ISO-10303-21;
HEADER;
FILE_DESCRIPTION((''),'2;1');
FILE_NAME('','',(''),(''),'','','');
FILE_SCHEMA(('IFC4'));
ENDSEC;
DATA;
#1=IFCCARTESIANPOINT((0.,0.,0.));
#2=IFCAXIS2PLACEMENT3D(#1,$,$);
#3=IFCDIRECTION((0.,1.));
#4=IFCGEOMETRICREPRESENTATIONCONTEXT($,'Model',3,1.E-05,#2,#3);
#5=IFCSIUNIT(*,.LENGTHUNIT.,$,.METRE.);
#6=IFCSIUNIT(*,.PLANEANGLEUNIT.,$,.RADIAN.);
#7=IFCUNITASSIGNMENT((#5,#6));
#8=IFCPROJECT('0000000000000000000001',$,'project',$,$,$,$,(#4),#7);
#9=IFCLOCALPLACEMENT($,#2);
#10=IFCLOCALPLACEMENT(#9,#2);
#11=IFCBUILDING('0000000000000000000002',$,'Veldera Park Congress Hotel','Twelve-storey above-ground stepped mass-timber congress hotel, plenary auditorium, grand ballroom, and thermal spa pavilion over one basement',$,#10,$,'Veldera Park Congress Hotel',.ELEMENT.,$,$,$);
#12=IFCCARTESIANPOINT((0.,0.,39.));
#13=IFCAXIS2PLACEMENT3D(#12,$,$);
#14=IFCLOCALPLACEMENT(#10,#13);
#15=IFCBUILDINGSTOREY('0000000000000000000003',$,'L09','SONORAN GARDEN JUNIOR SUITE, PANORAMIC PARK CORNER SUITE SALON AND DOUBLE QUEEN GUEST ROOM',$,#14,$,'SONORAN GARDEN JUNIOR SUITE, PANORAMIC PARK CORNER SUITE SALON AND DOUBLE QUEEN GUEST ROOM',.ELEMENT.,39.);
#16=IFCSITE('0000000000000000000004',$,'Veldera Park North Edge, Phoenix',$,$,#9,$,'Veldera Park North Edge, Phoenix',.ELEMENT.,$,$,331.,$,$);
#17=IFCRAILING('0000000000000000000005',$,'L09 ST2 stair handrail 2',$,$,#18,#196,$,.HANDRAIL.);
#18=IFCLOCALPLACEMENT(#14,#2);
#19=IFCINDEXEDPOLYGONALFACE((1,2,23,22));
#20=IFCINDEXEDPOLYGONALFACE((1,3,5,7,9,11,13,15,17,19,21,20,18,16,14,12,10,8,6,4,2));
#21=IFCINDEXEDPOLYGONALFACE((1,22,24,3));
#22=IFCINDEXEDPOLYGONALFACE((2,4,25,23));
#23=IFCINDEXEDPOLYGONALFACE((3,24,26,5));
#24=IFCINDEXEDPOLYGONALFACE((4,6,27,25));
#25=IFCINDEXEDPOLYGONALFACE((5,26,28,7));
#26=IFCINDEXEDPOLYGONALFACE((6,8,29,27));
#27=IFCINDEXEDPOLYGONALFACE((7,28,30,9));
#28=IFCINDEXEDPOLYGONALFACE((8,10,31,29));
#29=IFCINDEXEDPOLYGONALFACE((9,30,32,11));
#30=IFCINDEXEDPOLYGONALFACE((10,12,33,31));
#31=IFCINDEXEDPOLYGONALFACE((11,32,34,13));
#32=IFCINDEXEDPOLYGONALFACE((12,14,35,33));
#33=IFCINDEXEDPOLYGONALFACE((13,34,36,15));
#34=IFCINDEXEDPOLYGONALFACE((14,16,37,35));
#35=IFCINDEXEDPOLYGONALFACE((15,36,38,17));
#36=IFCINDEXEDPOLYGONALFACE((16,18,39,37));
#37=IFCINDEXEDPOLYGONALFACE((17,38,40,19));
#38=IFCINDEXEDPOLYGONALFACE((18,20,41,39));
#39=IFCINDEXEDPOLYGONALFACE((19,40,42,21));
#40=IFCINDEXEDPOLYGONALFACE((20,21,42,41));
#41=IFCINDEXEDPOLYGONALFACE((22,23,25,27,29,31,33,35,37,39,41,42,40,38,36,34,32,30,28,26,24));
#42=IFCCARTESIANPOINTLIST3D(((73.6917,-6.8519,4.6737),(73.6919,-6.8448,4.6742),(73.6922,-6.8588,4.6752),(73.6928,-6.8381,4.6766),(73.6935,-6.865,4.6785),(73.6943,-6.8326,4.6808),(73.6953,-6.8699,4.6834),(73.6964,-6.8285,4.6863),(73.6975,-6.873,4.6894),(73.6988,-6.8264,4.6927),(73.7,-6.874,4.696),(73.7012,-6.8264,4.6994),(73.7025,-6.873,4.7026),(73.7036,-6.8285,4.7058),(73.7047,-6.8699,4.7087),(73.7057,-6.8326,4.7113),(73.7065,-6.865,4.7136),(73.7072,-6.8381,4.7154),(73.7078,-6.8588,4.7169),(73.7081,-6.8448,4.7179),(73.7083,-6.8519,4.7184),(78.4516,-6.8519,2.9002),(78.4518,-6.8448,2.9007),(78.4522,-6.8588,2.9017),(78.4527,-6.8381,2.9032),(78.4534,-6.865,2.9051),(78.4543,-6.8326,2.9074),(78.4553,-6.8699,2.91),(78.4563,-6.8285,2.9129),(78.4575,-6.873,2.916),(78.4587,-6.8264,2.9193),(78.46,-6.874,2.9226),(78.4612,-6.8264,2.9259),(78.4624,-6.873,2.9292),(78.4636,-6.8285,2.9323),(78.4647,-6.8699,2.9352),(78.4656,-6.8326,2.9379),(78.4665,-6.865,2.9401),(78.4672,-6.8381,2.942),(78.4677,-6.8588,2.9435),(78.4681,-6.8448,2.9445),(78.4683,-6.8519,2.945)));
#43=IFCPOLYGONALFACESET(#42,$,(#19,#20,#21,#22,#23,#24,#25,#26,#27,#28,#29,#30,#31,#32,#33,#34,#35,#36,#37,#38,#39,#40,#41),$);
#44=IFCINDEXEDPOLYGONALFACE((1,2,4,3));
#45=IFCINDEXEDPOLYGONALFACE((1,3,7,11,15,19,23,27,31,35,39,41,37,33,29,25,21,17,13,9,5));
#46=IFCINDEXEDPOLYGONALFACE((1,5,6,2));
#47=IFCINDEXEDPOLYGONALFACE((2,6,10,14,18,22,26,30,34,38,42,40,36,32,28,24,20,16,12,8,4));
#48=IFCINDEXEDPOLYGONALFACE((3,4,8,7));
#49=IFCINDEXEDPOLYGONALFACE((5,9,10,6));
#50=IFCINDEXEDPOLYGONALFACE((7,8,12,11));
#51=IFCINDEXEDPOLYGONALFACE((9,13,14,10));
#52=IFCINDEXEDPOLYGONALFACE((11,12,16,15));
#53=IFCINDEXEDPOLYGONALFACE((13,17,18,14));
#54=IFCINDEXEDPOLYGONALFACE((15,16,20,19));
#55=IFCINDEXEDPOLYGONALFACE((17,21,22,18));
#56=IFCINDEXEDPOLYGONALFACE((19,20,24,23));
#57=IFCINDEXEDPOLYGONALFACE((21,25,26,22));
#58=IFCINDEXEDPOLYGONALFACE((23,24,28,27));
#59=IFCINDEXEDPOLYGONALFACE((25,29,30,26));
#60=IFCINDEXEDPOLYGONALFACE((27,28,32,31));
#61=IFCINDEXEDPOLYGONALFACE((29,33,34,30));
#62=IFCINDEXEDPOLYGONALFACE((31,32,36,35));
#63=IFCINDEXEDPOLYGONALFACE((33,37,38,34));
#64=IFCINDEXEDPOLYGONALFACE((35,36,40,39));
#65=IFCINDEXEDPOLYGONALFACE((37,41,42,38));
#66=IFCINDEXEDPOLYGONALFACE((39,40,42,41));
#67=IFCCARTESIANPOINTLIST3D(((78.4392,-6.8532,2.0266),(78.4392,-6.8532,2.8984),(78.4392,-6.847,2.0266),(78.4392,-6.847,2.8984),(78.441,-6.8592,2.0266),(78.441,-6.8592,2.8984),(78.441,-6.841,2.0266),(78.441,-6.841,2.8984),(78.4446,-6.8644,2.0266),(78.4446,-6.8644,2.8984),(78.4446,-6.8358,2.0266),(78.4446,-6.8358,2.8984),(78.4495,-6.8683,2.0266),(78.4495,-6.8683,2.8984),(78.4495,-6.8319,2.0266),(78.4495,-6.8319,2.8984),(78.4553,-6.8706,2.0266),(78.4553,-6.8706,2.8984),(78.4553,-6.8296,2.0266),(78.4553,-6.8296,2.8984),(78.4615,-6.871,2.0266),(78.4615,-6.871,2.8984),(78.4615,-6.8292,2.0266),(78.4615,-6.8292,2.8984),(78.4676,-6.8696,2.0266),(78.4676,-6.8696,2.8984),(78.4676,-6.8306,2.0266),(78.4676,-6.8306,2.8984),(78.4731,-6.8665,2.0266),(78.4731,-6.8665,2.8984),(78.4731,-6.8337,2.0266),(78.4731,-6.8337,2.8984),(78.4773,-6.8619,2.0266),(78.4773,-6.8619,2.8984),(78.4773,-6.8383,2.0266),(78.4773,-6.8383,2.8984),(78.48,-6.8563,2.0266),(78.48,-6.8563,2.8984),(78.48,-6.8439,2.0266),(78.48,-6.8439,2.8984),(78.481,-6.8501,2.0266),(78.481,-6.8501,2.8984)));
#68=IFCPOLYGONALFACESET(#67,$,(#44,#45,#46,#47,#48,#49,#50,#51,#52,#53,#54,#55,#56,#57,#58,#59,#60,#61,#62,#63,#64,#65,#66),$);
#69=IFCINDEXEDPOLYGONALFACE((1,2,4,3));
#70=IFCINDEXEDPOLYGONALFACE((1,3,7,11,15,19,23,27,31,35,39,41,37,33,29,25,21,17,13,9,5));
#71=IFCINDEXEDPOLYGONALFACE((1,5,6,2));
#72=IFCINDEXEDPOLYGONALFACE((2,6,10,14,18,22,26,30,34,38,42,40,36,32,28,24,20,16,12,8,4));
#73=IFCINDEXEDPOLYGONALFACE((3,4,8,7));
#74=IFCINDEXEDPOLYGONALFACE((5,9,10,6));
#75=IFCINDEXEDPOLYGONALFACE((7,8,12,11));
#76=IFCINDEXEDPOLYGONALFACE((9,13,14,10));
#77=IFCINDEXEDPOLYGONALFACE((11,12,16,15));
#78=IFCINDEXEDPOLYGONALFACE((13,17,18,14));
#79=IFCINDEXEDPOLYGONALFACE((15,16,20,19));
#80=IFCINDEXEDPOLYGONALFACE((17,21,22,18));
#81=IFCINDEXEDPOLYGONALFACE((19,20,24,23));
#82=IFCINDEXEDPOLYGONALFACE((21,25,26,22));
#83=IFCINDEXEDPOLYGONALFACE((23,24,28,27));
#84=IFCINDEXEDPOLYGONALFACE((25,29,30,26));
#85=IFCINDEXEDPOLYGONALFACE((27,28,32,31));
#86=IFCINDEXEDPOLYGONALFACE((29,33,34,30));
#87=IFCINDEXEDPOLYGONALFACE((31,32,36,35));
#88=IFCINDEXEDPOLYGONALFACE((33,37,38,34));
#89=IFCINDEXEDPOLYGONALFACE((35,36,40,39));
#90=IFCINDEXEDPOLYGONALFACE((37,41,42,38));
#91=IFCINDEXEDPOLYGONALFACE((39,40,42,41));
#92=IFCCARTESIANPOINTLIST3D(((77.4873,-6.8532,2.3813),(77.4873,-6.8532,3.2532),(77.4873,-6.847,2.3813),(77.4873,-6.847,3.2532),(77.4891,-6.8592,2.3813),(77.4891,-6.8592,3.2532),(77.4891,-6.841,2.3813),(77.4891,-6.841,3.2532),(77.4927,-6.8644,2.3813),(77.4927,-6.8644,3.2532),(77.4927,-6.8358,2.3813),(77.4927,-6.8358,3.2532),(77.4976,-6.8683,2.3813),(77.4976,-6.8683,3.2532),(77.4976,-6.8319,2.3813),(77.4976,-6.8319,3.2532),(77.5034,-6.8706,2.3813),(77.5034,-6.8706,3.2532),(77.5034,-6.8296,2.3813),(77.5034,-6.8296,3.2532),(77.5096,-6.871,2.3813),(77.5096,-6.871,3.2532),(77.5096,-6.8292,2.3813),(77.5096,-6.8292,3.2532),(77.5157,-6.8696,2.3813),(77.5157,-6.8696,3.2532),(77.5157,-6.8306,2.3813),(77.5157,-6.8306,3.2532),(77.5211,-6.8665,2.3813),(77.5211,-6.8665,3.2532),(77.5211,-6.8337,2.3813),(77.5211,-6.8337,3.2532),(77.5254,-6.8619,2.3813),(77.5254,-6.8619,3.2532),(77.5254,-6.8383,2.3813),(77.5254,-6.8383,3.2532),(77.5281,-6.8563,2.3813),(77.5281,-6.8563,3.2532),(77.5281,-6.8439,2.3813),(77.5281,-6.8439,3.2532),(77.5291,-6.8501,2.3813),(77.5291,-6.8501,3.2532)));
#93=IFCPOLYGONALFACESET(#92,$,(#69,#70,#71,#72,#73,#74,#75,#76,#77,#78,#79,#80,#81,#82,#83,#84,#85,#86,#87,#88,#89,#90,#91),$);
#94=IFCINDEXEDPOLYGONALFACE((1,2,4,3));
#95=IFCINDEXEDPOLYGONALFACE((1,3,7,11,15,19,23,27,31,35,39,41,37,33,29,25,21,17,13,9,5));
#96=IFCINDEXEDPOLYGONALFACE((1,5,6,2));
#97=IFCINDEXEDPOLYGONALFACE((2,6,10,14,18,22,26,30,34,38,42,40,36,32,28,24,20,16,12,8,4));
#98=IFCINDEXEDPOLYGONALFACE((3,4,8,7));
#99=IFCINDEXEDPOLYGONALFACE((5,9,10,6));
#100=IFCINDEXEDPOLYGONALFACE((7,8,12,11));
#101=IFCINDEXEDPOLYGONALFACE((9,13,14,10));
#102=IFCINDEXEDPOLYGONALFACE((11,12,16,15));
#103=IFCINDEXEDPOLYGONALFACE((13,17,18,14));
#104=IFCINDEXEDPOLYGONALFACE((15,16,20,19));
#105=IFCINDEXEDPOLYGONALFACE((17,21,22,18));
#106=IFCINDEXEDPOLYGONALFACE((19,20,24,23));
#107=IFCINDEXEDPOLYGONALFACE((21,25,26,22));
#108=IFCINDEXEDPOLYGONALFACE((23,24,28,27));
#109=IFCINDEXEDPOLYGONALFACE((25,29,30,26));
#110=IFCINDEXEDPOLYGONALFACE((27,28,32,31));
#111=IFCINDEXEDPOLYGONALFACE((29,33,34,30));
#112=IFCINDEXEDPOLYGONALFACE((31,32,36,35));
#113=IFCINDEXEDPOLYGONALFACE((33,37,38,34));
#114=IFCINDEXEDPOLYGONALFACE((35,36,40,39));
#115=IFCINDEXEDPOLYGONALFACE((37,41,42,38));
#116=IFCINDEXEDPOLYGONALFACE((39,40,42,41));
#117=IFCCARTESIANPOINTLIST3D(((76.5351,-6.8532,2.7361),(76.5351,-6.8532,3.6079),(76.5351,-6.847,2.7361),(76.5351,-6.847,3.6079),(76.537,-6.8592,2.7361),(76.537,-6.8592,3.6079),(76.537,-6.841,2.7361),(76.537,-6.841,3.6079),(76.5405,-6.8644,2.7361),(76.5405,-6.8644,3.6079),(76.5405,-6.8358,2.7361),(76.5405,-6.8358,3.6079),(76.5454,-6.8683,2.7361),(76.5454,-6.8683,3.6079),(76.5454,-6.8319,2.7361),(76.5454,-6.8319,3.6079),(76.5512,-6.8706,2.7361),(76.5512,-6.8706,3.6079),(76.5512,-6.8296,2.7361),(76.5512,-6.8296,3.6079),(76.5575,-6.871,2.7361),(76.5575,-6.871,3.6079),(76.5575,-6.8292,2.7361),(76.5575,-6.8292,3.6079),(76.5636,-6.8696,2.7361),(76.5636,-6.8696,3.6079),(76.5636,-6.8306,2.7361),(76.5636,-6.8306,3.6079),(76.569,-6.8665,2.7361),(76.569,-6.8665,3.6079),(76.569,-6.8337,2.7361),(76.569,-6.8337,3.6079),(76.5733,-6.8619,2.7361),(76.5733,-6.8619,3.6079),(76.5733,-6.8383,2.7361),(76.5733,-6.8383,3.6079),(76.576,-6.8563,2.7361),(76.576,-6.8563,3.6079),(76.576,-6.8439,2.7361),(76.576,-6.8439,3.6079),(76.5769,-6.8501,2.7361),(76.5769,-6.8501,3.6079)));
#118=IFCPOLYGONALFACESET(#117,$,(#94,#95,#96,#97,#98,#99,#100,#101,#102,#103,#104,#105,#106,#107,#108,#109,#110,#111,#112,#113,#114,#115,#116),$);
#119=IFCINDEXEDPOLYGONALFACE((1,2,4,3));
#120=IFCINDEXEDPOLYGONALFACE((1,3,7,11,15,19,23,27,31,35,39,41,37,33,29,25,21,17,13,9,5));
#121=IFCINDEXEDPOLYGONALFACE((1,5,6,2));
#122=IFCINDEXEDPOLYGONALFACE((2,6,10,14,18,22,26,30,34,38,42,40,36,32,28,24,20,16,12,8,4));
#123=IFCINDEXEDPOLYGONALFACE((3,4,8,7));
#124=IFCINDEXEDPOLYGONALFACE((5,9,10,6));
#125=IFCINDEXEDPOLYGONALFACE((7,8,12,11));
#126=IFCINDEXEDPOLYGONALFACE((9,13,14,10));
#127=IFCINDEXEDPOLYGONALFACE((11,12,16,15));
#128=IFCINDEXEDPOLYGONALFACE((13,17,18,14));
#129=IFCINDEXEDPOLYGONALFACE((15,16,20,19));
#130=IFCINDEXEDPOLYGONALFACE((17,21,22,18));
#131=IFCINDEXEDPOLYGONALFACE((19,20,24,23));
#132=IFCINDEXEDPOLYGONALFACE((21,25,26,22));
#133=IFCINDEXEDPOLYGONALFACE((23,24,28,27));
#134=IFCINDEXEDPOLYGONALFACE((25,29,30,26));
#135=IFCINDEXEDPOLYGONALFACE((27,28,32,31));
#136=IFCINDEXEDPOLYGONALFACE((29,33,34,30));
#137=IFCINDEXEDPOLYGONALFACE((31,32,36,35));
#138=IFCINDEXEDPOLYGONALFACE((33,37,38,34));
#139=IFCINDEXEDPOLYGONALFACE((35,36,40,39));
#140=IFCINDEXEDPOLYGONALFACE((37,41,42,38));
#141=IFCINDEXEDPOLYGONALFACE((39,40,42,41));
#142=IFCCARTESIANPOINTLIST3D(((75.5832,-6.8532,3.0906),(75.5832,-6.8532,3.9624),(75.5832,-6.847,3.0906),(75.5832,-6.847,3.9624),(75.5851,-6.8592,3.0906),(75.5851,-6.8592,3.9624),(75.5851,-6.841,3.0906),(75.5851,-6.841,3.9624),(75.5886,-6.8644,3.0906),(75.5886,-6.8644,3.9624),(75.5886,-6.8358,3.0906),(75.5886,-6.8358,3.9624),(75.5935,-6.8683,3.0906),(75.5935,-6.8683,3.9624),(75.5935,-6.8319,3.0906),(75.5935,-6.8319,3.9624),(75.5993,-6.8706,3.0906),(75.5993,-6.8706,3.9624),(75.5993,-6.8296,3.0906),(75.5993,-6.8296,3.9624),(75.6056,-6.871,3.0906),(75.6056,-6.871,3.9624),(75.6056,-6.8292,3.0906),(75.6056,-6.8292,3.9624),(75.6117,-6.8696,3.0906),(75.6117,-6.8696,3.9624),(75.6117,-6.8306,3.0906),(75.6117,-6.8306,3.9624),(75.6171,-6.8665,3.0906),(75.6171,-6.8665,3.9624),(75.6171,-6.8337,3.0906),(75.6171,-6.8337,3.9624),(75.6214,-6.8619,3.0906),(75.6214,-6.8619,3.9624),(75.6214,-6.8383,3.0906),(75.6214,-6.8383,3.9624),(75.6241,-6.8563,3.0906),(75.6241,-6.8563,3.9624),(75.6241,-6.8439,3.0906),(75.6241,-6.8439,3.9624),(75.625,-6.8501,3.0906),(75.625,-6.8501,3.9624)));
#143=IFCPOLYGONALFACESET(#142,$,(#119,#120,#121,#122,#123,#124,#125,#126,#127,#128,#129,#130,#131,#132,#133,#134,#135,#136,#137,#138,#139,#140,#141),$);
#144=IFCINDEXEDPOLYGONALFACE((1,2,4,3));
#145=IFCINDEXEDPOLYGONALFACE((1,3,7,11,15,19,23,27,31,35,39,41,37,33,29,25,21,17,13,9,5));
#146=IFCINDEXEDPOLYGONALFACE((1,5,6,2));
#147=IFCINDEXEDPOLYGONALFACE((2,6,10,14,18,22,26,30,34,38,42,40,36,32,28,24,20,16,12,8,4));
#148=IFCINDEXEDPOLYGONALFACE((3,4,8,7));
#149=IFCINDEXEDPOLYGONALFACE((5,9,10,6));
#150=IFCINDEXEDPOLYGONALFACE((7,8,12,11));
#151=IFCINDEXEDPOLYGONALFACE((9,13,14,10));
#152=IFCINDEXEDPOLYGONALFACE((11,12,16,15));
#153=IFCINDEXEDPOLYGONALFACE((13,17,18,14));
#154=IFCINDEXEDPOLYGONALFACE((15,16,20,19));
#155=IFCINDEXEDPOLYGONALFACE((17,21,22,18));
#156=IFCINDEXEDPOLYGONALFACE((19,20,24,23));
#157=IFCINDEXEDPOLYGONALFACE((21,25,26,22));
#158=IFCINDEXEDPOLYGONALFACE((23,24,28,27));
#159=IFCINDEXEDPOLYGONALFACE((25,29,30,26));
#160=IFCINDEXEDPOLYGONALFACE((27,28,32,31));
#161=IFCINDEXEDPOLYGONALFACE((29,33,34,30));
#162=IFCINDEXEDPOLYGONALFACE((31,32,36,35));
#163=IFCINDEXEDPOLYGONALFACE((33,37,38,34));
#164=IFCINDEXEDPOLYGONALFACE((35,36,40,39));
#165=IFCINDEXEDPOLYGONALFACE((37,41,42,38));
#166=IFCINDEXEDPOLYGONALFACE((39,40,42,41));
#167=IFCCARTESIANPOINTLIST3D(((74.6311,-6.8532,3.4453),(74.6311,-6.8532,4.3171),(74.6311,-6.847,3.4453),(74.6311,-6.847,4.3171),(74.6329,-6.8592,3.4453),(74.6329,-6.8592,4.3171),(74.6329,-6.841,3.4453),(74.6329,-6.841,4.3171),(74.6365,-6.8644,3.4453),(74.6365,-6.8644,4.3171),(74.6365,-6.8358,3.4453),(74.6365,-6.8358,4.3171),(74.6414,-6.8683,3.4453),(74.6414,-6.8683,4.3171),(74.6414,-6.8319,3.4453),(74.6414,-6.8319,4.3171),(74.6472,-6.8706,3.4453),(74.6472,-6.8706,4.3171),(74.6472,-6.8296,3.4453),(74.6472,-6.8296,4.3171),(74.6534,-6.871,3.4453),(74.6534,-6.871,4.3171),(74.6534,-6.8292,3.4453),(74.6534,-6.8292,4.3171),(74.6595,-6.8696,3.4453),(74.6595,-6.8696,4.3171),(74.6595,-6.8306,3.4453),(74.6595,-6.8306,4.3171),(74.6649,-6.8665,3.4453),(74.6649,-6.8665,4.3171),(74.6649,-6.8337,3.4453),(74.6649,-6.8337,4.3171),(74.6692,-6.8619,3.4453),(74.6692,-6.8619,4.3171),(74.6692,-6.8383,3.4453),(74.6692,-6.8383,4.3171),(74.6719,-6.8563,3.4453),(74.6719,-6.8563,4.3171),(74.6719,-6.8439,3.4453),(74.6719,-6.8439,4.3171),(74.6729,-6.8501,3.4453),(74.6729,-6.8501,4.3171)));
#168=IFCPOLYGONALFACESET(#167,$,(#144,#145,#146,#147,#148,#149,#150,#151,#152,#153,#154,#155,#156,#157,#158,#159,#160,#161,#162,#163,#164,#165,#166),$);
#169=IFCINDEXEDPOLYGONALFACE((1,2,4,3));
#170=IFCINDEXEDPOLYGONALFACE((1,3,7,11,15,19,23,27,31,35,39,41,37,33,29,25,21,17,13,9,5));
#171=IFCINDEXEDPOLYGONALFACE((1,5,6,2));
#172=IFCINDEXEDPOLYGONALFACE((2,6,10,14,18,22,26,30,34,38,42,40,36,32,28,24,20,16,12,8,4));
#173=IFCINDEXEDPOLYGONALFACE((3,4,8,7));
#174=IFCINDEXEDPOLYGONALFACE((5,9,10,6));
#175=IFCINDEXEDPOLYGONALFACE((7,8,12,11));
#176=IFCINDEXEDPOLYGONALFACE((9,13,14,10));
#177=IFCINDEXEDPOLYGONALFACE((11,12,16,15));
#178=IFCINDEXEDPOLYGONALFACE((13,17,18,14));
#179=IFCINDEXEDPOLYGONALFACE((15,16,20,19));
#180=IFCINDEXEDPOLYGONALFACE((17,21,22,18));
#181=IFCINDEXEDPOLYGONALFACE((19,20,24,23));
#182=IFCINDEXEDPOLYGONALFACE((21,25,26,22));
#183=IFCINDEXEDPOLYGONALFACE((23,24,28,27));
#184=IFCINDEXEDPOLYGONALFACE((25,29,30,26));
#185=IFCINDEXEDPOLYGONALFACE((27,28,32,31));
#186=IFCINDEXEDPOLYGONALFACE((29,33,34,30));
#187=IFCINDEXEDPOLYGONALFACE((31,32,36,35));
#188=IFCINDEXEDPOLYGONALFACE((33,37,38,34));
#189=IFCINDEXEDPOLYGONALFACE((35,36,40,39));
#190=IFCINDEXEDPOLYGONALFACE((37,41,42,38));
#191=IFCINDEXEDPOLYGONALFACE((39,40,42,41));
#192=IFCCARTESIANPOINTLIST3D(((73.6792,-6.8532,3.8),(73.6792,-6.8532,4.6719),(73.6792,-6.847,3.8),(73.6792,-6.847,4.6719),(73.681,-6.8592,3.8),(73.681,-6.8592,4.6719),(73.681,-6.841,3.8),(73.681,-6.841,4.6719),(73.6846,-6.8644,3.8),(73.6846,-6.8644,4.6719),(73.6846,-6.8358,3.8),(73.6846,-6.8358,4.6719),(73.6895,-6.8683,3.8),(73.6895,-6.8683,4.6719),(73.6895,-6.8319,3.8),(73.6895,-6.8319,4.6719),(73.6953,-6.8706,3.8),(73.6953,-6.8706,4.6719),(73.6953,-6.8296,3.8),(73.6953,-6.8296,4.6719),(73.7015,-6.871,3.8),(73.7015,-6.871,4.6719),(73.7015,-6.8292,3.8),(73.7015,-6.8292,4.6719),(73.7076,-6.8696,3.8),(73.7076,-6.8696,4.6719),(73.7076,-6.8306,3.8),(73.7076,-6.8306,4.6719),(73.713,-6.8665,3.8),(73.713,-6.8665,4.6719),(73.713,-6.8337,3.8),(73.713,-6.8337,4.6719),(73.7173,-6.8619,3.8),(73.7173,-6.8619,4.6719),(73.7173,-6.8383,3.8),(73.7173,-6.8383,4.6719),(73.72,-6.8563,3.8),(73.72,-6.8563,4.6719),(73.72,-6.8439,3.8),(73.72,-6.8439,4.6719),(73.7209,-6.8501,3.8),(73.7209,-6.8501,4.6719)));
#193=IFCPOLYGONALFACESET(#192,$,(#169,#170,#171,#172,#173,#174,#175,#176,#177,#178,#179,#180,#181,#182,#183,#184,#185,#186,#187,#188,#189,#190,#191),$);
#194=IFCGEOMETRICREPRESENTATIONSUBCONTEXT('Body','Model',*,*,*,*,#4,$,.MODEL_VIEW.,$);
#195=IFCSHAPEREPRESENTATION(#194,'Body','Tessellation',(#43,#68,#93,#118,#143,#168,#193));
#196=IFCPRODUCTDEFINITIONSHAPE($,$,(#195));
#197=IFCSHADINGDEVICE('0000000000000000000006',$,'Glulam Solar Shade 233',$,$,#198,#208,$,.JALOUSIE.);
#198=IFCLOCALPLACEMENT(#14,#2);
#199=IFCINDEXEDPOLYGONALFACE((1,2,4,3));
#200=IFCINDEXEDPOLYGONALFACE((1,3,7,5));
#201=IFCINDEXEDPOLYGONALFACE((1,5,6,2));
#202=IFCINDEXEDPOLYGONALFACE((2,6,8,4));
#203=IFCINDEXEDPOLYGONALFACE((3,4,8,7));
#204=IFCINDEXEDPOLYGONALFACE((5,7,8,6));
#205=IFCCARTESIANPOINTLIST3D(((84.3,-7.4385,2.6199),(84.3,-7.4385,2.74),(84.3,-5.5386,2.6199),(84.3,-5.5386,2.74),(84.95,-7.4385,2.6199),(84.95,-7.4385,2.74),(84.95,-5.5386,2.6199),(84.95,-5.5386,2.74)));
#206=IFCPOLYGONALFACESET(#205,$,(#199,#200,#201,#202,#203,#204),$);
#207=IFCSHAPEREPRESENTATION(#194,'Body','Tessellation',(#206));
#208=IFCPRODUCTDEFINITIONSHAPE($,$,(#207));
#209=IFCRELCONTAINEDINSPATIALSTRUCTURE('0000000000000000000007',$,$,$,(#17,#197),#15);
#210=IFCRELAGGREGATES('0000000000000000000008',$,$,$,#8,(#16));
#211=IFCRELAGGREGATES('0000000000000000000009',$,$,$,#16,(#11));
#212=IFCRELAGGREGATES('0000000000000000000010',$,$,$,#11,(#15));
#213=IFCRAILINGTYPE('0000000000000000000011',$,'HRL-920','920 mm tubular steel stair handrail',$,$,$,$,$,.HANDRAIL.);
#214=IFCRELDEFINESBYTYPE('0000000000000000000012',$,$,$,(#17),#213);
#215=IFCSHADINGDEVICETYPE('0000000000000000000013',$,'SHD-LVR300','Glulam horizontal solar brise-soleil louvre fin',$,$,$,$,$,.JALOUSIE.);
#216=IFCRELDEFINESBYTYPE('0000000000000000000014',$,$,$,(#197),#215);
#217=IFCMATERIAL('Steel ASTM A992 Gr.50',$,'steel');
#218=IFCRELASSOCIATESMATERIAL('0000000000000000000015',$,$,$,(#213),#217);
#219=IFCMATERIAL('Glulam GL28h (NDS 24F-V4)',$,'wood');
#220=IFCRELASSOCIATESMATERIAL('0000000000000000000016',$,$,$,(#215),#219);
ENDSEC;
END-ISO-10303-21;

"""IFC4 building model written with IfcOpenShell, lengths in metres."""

from ifc_helpers import new_model, si_unit, direction, frame, origin, origin_2d, place, context, subcontext, project, spatial, rectangle, circle, extrude, material, type_object, element, save


model = new_model("IFC4")

# Units and contexts
model_context = context("Model", 3, precision=1e-05, world=origin(), true_north=direction((0.0, 1.0)))
body_context = subcontext(model_context, "Body", "Model", "MODEL_VIEW")
ifc_project = project(units=[si_unit("LENGTHUNIT", "METRE"), si_unit("PLANEANGLEUNIT", "RADIAN")], contexts=[model_context])

# Site, building, storey
site_placement = place(None, origin())
site = spatial("IfcSite", under=ifc_project, at=site_placement, Name="Veldera Park North Edge, Phoenix", LongName="Veldera Park North Edge, Phoenix", CompositionType="ELEMENT", RefElevation=331.0)
building_placement = place(site_placement, origin())
building = spatial("IfcBuilding", under=site, at=building_placement, Name="Veldera Park Congress Hotel", Description="Twelve-storey above-ground stepped mass-timber congress hotel, plenary auditorium, grand ballroom, and thermal spa pavilion over one basement", LongName="Veldera Park Congress Hotel", CompositionType="ELEMENT")
storey_placement = place(building_placement, frame((0.0, 0.0, 39.0)))
storey = spatial("IfcBuildingStorey", under=building, at=storey_placement, Name="L09", Description="SONORAN GARDEN JUNIOR SUITE, PANORAMIC PARK CORNER SUITE SALON AND DOUBLE QUEEN GUEST ROOM", LongName="SONORAN GARDEN JUNIOR SUITE, PANORAMIC PARK CORNER SUITE SALON AND DOUBLE QUEEN GUEST ROOM", CompositionType="ELEMENT", Elevation=39.0)

# Shared definitions
ifc_material_1 = material(Name="Glulam GL28h (NDS 24F-V4)", Category="wood")

# Railing
ifc_material_2 = material(Name="Steel ASTM A992 Gr.50", Category="steel")
railing_type_1 = type_object("IfcRailingType", Name="HRL-920", Description="920 mm tubular steel stair handrail", PredefinedType="HANDRAIL", material=ifc_material_2)
railing_1_placement = place(storey_placement, frame((78.46, -6.8501, 2.0266)))
element("IfcRailing", 1, at=railing_1_placement, inside=storey, type_object=railing_type_1, Name="L09 ST2 stair handrail 2", PredefinedType="HANDRAIL", context=body_context, shape_type="SweptSolid", body=[
    extrude(circle(Radius=0.0239, at=origin_2d()), frame((0.0, 0.0, 0.896), z_axis=(-0.937076, 0.0, 0.349126), x_axis=(0.0, -1.0, 0.0)), (0.0, 0.0, 1.0), 5.0796),
    extrude(circle(Radius=0.021, at=origin_2d()), origin(), (0.0, 0.0, 1.0), 0.8718),
    extrude(circle(Radius=0.021, at=origin_2d()), frame((-0.9519, 0.0, 0.3547)), (0.0, 0.0, 1.0), 0.8718),
    extrude(circle(Radius=0.021, at=origin_2d()), frame((-1.9041, 0.0, 0.7095)), (0.0, 0.0, 1.0), 0.8718),
    extrude(circle(Radius=0.021, at=origin_2d()), frame((-2.856, 0.0, 1.064)), (0.0, 0.0, 1.0), 0.8718),
    extrude(circle(Radius=0.021, at=origin_2d()), frame((-3.8081, 0.0, 1.4187)), (0.0, 0.0, 1.0), 0.8718),
    extrude(circle(Radius=0.021, at=origin_2d()), frame((-4.76, 0.0, 1.7734)), (0.0, 0.0, 1.0), 0.8718),
])

# Shading device
shading_device_type = type_object("IfcShadingDeviceType", Name="SHD-LVR300", Description="Glulam horizontal solar brise-soleil louvre fin", PredefinedType="JALOUSIE", material=ifc_material_1)
shading_device_1_placement = place(storey_placement, frame((84.625, -6.4885, 2.6199), z_axis=(0.0, 0.0, 1.0), x_axis=(0.0, 1.0, 0.0)))
element("IfcShadingDevice", 2, at=shading_device_1_placement, inside=storey, type_object=shading_device_type, Name="Glulam Solar Shade 233", PredefinedType="JALOUSIE", context=body_context, shape_type="SweptSolid", body=[
    extrude(rectangle(XDim=1.8999, YDim=0.6499, at=origin_2d()), origin(), (0.0, 0.0, 1.0), 0.1201),
])

save(model, "model.ifc")
